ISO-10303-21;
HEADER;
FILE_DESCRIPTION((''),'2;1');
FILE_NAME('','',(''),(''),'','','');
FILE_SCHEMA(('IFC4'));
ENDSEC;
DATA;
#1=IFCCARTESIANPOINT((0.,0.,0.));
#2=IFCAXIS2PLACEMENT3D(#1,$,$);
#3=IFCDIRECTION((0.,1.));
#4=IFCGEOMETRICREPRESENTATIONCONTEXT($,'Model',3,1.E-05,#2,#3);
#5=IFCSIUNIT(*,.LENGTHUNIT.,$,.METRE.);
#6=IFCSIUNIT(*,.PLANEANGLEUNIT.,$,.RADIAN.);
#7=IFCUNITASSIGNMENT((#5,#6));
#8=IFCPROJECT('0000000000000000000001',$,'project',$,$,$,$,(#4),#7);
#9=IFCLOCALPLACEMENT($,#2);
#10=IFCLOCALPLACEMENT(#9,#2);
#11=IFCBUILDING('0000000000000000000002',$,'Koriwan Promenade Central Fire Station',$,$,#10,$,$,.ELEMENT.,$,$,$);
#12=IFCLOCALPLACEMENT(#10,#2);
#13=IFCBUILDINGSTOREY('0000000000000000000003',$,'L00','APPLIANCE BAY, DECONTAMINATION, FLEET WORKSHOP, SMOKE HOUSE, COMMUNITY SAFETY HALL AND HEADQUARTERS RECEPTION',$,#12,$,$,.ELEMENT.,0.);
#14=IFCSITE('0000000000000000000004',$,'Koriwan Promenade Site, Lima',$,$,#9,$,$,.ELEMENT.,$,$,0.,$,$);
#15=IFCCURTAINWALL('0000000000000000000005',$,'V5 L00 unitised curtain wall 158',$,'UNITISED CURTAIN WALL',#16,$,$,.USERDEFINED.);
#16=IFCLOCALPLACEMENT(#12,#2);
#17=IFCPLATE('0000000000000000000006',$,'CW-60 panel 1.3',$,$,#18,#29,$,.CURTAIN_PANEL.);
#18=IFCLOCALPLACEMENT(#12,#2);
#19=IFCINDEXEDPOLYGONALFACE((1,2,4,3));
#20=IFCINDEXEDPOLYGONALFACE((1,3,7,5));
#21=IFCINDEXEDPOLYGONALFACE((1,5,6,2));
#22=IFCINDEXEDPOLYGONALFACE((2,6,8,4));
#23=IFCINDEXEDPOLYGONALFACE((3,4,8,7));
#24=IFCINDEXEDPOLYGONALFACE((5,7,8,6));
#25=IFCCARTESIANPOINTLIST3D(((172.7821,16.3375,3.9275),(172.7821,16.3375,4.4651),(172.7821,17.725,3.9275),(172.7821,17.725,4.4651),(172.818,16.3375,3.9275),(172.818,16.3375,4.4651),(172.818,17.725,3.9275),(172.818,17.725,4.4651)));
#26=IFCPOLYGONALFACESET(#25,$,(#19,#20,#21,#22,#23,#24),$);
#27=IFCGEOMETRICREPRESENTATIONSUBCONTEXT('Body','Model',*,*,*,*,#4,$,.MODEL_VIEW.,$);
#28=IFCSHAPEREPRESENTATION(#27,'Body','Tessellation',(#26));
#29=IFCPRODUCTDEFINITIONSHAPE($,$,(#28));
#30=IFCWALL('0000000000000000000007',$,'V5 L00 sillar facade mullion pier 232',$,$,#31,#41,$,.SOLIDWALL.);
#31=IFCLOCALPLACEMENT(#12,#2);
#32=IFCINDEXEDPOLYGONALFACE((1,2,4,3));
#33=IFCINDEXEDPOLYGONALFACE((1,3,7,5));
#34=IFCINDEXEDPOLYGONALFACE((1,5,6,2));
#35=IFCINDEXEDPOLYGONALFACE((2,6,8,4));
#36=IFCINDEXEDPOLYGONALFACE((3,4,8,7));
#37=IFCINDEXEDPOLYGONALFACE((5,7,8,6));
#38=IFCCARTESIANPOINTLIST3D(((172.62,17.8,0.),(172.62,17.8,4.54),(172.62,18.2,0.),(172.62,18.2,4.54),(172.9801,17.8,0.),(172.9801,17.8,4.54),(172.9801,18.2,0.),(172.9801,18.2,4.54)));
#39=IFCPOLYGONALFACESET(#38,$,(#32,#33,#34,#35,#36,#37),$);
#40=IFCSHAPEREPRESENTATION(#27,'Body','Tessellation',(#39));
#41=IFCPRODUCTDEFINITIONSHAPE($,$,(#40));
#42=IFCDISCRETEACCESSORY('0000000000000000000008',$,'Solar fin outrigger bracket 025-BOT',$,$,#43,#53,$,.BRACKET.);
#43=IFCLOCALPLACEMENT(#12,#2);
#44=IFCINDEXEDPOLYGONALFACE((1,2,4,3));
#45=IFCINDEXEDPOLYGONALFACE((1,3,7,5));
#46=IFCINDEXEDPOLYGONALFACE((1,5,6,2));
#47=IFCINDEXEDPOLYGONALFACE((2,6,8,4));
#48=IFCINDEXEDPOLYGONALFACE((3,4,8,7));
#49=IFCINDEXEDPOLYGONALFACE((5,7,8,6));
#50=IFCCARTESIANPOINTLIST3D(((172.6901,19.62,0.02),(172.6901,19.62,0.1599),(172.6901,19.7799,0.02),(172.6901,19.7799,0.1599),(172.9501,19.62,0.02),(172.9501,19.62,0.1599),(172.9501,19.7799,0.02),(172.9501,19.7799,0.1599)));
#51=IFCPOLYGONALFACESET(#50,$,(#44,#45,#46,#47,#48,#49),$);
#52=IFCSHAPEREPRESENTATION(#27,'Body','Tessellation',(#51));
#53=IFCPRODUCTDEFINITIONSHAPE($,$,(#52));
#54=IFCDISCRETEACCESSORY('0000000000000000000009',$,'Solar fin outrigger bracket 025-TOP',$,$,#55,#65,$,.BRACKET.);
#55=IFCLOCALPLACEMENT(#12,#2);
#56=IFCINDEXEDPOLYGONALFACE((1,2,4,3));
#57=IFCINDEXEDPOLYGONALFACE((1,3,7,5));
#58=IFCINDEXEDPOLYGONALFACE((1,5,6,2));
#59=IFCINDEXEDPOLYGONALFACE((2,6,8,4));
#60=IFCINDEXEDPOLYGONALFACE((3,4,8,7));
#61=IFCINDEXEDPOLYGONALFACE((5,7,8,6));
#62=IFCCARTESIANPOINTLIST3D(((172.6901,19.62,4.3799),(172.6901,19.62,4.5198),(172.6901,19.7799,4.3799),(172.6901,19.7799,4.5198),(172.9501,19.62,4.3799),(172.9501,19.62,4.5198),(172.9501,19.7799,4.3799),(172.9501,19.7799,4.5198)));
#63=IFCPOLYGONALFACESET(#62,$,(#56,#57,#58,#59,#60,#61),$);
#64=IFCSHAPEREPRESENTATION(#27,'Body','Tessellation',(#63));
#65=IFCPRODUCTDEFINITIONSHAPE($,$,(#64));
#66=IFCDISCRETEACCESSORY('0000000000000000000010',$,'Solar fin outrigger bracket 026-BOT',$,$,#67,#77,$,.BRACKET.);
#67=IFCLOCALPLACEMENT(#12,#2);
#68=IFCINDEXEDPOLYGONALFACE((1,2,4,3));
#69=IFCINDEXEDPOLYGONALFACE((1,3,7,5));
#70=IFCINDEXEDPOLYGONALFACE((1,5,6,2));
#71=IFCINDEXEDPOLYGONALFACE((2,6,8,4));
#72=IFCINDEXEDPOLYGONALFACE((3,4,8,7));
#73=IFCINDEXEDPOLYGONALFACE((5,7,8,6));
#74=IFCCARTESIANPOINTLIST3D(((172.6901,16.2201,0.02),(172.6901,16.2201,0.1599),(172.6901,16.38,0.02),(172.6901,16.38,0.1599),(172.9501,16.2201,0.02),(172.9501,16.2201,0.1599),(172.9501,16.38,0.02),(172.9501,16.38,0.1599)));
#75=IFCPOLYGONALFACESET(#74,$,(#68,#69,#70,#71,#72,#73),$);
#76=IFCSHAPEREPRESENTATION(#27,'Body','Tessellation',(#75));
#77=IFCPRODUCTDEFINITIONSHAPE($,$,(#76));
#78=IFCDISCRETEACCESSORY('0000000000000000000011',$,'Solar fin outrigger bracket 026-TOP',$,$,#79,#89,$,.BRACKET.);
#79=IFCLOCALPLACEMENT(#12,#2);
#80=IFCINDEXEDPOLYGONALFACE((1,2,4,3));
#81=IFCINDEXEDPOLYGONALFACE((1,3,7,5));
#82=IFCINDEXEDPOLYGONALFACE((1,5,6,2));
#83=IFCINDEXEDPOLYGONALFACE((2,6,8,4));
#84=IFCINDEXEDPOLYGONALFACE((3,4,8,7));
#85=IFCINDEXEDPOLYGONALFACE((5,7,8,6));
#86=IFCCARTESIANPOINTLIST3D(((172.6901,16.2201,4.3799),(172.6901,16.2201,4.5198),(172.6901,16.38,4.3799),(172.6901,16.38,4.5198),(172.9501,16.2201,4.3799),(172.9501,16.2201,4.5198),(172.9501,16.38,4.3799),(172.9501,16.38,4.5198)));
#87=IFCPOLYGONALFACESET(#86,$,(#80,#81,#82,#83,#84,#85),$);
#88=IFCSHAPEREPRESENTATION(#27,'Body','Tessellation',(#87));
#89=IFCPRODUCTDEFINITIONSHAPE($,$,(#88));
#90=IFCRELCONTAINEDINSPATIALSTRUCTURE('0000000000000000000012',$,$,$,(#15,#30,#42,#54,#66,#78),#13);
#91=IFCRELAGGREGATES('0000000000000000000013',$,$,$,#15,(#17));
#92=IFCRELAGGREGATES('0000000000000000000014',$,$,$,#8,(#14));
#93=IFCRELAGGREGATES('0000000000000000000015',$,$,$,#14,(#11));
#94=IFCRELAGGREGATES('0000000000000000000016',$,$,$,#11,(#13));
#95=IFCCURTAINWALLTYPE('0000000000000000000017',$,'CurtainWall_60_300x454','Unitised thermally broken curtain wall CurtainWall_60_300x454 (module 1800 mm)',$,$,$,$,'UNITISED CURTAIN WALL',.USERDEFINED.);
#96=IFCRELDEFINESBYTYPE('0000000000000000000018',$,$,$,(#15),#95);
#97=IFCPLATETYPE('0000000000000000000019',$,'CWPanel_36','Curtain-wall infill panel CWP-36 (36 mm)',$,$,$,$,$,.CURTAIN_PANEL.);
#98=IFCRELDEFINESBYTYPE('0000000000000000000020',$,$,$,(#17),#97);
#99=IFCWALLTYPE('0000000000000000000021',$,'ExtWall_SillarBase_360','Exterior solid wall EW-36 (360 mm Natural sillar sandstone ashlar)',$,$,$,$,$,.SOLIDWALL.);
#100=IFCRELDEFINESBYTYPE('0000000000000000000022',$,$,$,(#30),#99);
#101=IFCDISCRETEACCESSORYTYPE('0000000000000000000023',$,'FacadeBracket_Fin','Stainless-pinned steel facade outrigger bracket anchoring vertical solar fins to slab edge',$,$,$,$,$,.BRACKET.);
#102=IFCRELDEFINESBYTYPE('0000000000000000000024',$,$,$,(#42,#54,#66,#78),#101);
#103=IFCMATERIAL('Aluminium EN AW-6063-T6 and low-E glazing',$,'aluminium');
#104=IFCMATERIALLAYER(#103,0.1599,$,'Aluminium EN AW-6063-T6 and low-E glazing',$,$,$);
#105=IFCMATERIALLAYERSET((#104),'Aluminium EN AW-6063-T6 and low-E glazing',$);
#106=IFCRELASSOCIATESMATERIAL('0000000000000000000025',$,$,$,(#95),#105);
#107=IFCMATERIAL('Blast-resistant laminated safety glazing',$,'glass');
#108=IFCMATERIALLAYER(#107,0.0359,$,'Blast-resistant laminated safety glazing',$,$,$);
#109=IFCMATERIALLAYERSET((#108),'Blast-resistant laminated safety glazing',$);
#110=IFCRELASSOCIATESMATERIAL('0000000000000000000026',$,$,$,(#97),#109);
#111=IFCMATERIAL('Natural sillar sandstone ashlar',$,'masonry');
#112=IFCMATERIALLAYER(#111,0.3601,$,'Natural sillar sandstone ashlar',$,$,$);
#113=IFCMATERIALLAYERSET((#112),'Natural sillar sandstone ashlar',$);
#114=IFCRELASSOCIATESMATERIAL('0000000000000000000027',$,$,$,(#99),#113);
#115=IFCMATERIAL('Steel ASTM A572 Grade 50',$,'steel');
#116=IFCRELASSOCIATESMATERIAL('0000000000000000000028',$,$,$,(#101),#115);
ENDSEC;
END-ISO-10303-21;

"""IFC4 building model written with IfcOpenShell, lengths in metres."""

from ifc_helpers import new_model, si_unit, direction, frame, frame_2d, origin, origin_2d, place, context, subcontext, project, spatial, rectangle, extrude, material, layer, layer_set, type_object, element, aggregate, save


model = new_model("IFC4")

# Units and contexts
model_context = context("Model", 3, precision=1e-05, world=origin(), true_north=direction((0.0, 1.0)))
body_context = subcontext(model_context, "Body", "Model", "MODEL_VIEW")
ifc_project = project(units=[si_unit("LENGTHUNIT", "METRE"), si_unit("PLANEANGLEUNIT", "RADIAN")], contexts=[model_context])

# Site, building, storey
site_placement = place(None, origin())
site = spatial("IfcSite", under=ifc_project, at=site_placement, Name="Koriwan Promenade Site, Lima", CompositionType="ELEMENT", RefElevation=0.0)
building_placement = place(site_placement, origin())
building = spatial("IfcBuilding", under=site, at=building_placement, Name="Koriwan Promenade Central Fire Station", CompositionType="ELEMENT")
storey_placement = place(building_placement, origin())
storey = spatial("IfcBuildingStorey", under=building, at=storey_placement, Name="L00", Description="APPLIANCE BAY, DECONTAMINATION, FLEET WORKSHOP, SMOKE HOUSE, COMMUNITY SAFETY HALL AND HEADQUARTERS RECEPTION", CompositionType="ELEMENT", Elevation=0.0)

# Curtain wall
ifc_material_1 = material(Name="Aluminium EN AW-6063-T6 and low-E glazing", Category="aluminium")
ifc_layer_1 = layer(ifc_material_1, 0.1599, Name="Aluminium EN AW-6063-T6 and low-E glazing")
ifc_layer_set_1 = layer_set([ifc_layer_1], Name="Aluminium EN AW-6063-T6 and low-E glazing")
curtain_wall_type_1 = type_object("IfcCurtainWallType", Name="CurtainWall_60_300x454", Description="Unitised thermally broken curtain wall CurtainWall_60_300x454 (module 1800 mm)", ElementType="UNITISED CURTAIN WALL", PredefinedType="USERDEFINED", material=ifc_layer_set_1)
curtain_wall_1_placement = place(storey_placement, origin())
curtain_wall_1 = element("IfcCurtainWall", 1, at=curtain_wall_1_placement, inside=storey, type_object=curtain_wall_type_1, Name="V5 L00 unitised curtain wall 158", ObjectType="UNITISED CURTAIN WALL", PredefinedType="USERDEFINED")

# Plate
ifc_material_2 = material(Name="Blast-resistant laminated safety glazing", Category="glass")
ifc_layer_2 = layer(ifc_material_2, 0.0359, Name="Blast-resistant laminated safety glazing")
ifc_layer_set_2 = layer_set([ifc_layer_2], Name="Blast-resistant laminated safety glazing")
plate_type = type_object("IfcPlateType", Name="CWPanel_36", Description="Curtain-wall infill panel CWP-36 (36 mm)", PredefinedType="CURTAIN_PANEL", material=ifc_layer_set_2)
plate_1_placement = place(storey_placement, frame((172.8, 17.0312, 3.9275), z_axis=(0.0, 0.0, 1.0), x_axis=(0.0, -1.0, 0.0)))
plate_1 = element("IfcPlate", 2, at=plate_1_placement, type_object=plate_type, Name="CW-60 panel 1.3", PredefinedType="CURTAIN_PANEL", context=body_context, shape_type="SweptSolid", body=[
    extrude(rectangle(XDim=1.3875, YDim=0.0359, at=origin_2d()), origin(), (0.0, 0.0, 1.0), 0.5376),
])
aggregate(curtain_wall_1, [plate_1])

# Wall
ifc_material_3 = material(Name="Natural sillar sandstone ashlar", Category="masonry")
ifc_layer_3 = layer(ifc_material_3, 0.3601, Name="Natural sillar sandstone ashlar")
ifc_layer_set_3 = layer_set([ifc_layer_3], Name="Natural sillar sandstone ashlar")
wall_type = type_object("IfcWallType", Name="ExtWall_SillarBase_360", Description="Exterior solid wall EW-36 (360 mm Natural sillar sandstone ashlar)", PredefinedType="SOLIDWALL", material=ifc_layer_set_3)
wall_placement = place(storey_placement, frame((172.8, 18.2, 0.0), z_axis=(0.0, 0.0, 1.0), x_axis=(0.0, -1.0, 0.0)))
element("IfcWall", 3, at=wall_placement, inside=storey, type_object=wall_type, Name="V5 L00 sillar facade mullion pier 232", PredefinedType="SOLIDWALL", context=body_context, shape_type="SweptSolid", body=[
    extrude(rectangle(XDim=0.3999, YDim=0.3601, at=frame_2d((0.2, 0.0))), origin(), (0.0, 0.0, 1.0), 4.54),
])

# Discrete accessories
ifc_material_4 = material(Name="Steel ASTM A572 Grade 50", Category="steel")
discrete_accessory_type = type_object("IfcDiscreteAccessoryType", Name="FacadeBracket_Fin", Description="Stainless-pinned steel facade outrigger bracket anchoring vertical solar fins to slab edge", PredefinedType="BRACKET", material=ifc_material_4)
for number, where, z_axis, x_axis, name in (
    (4, (172.8201, 19.7, 0.02), (0.0, 0.0, 1.0), (1.0, 0.0, 0.0), "Solar fin outrigger bracket 025-BOT"),
    (5, (172.8201, 19.7, 4.3799), (0.0, 0.0, 1.0), (1.0, 0.0, 0.0), "Solar fin outrigger bracket 025-TOP"),
    (6, (172.8201, 16.3, 0.02), (0.0, 0.0, 1.0), (1.0, 0.0, 0.0), "Solar fin outrigger bracket 026-BOT"),
    (7, (172.8201, 16.3, 4.3799), (0.0, 0.0, 1.0), (1.0, 0.0, 0.0), "Solar fin outrigger bracket 026-TOP"),
):
    element("IfcDiscreteAccessory", number, at=place(storey_placement, frame(where, z_axis=z_axis, x_axis=x_axis)), inside=storey, type_object=discrete_accessory_type, Name=name, PredefinedType="BRACKET", context=body_context, shape_type="SweptSolid", body=[
        extrude(rectangle(XDim=0.26, YDim=0.1599, at=origin_2d()), origin(), (0.0, 0.0, 1.0), 0.1399),
    ])

save(model, "model.ifc")
